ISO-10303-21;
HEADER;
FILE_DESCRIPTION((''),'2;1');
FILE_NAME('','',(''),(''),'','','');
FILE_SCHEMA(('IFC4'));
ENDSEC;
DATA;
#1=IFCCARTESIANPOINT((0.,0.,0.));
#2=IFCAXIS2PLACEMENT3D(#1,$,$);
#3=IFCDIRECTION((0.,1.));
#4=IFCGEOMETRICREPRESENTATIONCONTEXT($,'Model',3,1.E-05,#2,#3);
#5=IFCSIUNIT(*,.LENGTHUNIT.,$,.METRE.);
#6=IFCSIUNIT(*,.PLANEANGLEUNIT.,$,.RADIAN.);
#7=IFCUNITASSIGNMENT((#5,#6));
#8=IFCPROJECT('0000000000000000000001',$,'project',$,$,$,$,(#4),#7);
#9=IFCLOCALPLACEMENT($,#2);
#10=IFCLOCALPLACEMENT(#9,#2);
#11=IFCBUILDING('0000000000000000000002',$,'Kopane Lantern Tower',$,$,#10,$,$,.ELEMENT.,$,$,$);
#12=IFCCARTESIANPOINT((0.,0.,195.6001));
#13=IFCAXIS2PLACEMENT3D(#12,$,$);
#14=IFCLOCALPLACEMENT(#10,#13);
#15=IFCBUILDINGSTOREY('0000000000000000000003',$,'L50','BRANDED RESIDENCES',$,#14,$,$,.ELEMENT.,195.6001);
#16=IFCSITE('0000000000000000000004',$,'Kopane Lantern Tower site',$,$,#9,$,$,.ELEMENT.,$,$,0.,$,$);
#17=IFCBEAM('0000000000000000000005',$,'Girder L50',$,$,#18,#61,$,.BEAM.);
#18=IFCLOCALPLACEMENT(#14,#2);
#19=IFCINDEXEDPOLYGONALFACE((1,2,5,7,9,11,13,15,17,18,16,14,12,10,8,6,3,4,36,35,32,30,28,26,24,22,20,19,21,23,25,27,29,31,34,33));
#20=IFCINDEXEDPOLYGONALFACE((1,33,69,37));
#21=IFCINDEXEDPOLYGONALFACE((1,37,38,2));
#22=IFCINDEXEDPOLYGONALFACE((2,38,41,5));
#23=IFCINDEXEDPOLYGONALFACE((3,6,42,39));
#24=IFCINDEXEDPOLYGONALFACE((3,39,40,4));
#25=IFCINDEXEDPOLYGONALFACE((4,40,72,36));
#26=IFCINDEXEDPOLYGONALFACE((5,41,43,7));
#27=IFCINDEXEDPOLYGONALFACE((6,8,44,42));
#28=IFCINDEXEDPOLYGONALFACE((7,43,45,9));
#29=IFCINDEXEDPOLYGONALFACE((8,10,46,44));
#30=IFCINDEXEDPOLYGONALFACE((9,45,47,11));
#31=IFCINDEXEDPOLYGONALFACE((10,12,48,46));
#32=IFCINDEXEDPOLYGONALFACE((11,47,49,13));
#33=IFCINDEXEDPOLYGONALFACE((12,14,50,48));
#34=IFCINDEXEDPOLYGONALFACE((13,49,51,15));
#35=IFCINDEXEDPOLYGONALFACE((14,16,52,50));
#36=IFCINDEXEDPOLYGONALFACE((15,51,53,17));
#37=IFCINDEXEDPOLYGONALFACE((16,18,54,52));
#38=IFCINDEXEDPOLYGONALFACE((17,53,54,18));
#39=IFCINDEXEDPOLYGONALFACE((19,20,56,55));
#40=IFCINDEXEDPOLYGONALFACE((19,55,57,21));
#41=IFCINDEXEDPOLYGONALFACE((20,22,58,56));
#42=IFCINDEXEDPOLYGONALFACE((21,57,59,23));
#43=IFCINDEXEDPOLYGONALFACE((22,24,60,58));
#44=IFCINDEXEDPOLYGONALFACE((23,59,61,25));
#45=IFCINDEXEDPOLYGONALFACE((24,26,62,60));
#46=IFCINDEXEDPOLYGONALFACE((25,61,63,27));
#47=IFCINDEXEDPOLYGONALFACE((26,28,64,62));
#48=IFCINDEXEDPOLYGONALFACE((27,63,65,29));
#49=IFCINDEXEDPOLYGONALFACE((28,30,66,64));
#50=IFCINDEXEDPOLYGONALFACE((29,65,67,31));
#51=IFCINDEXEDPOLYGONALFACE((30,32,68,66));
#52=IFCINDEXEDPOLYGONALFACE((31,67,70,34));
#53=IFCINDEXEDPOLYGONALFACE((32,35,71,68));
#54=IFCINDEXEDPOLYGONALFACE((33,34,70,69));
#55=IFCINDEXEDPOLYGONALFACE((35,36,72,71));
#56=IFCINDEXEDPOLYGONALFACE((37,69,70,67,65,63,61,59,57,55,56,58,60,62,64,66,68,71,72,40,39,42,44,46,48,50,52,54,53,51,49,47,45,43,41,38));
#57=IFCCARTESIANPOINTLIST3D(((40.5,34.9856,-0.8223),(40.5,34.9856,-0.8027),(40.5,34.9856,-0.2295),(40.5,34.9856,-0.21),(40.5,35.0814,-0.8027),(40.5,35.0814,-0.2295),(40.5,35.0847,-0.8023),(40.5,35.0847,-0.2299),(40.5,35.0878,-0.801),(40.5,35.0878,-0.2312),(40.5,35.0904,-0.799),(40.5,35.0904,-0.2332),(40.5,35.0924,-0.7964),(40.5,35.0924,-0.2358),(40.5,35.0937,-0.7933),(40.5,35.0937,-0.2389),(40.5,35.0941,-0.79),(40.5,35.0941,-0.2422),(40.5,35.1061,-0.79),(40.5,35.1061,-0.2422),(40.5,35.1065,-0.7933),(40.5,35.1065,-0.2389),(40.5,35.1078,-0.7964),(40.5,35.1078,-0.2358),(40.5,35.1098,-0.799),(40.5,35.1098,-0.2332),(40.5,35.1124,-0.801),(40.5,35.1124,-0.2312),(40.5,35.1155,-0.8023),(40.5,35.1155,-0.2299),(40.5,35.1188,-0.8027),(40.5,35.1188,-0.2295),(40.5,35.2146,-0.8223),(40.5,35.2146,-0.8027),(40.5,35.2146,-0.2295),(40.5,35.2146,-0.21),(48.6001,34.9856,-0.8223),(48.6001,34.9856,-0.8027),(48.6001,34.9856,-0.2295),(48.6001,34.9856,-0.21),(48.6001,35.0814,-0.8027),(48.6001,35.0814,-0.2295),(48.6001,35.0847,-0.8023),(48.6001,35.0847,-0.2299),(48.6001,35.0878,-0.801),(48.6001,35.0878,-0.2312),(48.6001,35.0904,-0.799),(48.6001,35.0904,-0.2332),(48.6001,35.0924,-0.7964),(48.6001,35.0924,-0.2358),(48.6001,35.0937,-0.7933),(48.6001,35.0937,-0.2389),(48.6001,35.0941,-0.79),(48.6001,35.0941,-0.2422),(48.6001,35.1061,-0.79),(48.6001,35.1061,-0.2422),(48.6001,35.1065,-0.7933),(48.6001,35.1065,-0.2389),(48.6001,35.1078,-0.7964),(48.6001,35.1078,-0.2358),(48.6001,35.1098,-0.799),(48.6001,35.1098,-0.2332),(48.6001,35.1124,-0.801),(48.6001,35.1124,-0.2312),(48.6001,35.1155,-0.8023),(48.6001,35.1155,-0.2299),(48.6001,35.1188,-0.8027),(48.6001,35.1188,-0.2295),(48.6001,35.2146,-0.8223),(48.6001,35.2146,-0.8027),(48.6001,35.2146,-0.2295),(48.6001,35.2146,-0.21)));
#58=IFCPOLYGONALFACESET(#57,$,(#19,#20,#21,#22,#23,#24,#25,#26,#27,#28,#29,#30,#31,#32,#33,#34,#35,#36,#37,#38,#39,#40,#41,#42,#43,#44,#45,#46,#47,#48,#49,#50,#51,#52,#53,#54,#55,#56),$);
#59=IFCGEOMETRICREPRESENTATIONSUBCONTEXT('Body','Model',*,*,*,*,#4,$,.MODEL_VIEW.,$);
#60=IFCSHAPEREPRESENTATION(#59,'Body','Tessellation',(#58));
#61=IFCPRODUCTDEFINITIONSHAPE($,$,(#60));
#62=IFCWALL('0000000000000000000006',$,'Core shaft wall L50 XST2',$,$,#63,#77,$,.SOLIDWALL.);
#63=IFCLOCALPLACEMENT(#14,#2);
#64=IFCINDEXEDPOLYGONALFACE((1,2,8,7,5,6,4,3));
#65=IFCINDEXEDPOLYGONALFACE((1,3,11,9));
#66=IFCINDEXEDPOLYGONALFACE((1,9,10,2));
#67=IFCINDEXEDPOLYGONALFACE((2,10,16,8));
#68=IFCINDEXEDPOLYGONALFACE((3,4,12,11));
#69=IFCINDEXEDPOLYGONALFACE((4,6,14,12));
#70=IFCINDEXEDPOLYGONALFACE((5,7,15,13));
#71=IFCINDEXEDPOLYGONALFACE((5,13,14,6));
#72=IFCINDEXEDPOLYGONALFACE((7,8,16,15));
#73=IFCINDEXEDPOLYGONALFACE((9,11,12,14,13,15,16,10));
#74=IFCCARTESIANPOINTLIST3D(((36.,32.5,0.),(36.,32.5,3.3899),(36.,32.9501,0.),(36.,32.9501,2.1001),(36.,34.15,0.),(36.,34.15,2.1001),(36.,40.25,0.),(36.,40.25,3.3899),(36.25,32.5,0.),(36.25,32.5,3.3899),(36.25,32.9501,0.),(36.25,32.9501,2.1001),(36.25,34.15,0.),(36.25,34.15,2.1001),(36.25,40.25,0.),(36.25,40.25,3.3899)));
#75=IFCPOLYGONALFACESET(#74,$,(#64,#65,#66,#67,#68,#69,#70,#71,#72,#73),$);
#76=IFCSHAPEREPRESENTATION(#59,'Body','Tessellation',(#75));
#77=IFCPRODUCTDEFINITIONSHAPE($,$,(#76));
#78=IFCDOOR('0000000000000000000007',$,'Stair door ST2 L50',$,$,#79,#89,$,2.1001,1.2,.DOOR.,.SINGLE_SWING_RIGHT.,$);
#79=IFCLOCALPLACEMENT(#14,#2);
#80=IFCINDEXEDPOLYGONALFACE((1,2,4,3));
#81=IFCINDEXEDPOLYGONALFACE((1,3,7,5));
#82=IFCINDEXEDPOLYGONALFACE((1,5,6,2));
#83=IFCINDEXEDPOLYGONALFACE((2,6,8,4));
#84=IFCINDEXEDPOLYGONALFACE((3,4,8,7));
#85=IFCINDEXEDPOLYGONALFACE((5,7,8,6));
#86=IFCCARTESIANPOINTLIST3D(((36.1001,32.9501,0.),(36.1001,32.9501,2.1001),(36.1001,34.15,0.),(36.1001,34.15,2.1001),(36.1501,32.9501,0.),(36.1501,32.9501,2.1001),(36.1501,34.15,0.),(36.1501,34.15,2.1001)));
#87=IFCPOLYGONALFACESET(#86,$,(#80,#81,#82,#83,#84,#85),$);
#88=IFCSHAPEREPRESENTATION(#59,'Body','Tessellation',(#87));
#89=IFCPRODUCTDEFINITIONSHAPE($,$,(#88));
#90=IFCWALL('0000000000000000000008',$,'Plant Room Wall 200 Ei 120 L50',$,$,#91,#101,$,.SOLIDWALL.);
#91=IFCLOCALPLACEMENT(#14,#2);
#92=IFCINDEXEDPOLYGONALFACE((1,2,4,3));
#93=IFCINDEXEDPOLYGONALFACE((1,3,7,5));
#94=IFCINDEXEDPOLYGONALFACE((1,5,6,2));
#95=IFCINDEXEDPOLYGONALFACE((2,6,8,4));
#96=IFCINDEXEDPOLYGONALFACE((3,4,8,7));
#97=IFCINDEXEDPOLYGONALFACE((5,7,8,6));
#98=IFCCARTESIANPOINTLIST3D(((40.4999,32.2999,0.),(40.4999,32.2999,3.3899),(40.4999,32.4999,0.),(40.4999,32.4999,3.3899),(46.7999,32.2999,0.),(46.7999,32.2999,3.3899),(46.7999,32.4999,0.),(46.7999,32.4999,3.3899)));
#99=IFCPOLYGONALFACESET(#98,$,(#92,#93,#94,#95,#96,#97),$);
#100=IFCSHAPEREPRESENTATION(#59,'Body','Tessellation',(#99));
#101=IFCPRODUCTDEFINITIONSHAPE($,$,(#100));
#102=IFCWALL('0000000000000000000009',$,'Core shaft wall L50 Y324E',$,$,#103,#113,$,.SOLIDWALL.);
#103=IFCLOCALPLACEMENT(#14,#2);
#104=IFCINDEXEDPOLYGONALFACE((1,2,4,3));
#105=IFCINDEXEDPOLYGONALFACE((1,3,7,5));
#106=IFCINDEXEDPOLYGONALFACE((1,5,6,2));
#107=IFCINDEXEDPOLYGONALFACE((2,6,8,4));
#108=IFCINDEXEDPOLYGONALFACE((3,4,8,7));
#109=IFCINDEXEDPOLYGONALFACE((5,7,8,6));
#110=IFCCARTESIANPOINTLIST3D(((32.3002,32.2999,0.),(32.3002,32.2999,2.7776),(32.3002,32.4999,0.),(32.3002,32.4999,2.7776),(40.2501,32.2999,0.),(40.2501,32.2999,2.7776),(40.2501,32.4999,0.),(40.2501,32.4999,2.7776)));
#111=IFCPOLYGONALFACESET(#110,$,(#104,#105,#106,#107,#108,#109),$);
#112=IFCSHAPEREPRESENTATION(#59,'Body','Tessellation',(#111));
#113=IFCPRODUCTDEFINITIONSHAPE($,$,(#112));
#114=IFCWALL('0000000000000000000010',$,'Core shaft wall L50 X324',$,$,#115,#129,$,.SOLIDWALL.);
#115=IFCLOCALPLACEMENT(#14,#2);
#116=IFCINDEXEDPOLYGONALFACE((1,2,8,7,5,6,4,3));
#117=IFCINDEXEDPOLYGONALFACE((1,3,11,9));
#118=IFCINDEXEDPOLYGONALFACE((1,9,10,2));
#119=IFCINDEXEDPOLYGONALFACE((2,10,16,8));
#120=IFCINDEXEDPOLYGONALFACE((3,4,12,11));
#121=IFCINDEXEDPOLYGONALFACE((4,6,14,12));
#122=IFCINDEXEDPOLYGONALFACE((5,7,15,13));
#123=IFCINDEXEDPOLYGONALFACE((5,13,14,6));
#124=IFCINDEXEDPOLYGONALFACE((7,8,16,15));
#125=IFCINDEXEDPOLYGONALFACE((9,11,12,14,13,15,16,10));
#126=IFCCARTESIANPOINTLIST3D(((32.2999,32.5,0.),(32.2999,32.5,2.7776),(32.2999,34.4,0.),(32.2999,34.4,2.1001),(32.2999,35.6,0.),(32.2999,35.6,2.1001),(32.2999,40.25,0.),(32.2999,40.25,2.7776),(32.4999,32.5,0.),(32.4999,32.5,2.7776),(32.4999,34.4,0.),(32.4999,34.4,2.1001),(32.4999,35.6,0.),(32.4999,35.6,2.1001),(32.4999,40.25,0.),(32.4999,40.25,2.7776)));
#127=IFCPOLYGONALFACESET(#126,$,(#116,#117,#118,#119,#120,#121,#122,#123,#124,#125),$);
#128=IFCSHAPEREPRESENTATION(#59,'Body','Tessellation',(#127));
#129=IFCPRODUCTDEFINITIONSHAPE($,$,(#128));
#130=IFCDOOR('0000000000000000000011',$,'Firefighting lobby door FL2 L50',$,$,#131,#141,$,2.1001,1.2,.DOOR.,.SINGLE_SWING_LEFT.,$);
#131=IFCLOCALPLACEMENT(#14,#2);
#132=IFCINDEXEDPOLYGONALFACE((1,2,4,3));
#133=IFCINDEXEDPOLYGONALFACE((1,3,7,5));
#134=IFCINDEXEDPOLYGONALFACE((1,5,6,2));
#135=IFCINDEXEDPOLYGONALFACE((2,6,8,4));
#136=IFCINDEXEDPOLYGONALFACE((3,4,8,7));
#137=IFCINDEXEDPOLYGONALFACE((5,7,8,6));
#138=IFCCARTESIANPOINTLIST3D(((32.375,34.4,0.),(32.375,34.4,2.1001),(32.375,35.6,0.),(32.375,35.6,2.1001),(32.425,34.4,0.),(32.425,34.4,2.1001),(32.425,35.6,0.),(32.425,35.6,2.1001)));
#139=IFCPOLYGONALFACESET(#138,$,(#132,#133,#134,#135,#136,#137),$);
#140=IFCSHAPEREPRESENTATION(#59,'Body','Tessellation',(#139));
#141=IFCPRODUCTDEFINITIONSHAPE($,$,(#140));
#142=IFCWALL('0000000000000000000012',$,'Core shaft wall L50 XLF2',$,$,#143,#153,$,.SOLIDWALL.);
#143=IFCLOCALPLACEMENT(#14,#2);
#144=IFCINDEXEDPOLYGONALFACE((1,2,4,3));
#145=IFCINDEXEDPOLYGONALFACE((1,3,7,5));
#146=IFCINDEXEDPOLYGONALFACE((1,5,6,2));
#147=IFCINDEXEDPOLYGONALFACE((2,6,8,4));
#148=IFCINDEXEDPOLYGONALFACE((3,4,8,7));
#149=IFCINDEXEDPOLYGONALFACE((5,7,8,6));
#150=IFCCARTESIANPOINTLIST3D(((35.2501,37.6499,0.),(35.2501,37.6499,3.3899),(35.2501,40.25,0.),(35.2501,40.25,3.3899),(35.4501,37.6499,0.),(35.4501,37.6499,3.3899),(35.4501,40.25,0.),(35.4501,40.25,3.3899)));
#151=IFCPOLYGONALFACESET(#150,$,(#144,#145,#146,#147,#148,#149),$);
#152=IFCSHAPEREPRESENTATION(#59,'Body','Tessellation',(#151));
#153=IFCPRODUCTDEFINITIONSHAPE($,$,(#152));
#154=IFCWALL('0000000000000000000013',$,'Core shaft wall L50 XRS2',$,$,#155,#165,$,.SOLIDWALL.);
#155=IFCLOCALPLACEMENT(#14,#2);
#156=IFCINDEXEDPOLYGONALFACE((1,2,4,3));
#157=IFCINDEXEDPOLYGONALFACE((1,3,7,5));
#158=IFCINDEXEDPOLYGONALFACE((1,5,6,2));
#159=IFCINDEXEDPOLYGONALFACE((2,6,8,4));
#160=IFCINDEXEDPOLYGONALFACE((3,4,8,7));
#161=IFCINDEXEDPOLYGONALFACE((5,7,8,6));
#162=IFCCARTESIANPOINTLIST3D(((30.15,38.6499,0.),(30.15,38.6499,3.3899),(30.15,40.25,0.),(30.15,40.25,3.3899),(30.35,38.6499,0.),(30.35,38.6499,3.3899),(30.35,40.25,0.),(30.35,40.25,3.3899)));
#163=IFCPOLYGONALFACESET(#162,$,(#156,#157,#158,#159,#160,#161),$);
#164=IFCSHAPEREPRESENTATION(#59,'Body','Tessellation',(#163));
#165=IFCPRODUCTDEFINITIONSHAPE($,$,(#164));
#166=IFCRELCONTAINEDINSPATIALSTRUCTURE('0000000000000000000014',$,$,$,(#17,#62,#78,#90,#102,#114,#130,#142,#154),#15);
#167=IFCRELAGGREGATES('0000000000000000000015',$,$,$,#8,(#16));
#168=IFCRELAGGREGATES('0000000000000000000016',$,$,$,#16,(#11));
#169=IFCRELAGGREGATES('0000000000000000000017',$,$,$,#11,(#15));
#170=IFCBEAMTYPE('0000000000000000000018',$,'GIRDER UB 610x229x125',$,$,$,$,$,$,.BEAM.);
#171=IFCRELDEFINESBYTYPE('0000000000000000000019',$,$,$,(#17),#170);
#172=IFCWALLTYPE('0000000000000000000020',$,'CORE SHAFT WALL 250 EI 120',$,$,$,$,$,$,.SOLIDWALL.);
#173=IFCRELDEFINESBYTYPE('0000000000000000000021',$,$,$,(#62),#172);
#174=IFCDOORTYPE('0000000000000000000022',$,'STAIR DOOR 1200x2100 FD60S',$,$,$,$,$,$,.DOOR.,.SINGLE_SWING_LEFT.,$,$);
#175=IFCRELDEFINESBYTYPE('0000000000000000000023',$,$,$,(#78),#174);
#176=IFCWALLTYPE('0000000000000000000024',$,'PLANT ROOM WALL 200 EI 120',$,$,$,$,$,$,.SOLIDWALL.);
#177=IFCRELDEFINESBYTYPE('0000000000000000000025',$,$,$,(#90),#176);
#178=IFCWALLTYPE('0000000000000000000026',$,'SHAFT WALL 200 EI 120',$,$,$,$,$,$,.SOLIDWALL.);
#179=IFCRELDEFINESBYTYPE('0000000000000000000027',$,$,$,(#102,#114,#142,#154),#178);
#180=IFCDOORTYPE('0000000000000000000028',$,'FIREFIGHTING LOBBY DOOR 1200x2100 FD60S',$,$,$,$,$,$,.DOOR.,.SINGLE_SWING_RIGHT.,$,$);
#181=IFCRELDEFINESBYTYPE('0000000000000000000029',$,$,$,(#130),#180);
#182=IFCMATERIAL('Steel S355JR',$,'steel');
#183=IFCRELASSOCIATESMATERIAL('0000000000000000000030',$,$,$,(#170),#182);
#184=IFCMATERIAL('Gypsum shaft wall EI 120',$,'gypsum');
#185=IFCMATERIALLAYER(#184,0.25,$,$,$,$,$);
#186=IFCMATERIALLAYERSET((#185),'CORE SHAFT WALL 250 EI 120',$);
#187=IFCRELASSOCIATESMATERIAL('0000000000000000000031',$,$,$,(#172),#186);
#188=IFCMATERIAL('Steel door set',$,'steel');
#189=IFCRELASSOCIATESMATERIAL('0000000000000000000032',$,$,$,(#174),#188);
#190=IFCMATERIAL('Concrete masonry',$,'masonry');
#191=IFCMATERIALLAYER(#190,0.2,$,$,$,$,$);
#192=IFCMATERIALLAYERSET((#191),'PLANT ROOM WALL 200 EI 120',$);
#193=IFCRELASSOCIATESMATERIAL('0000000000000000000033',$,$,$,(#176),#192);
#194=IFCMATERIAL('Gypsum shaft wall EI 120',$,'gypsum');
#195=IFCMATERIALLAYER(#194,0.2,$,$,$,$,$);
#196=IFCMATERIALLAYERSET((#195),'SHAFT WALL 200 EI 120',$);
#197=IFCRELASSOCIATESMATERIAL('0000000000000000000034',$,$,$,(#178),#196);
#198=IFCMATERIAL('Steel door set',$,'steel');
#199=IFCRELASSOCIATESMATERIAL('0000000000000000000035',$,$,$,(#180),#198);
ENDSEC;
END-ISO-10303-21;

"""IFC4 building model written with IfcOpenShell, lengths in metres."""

from ifc_helpers import new_model, si_unit, direction, frame, frame_2d, origin, origin_2d, place, context, subcontext, project, spatial, rectangle, i_section, extrude, material, layer, layer_set, material_profile, profile_set, type_object, element, fill, save


model = new_model("IFC4")

# Units and contexts
model_context = context("Model", 3, precision=1e-05, world=origin(), true_north=direction((0.0, 1.0)))
body_context = subcontext(model_context, "Body", "Model", "MODEL_VIEW")
ifc_project = project(units=[si_unit("LENGTHUNIT", "METRE"), si_unit("PLANEANGLEUNIT", "RADIAN")], contexts=[model_context])

# Site, building, storey
site_placement = place(None, origin())
site = spatial("IfcSite", under=ifc_project, at=site_placement, Name="Kopane Lantern Tower site", CompositionType="ELEMENT", RefElevation=0.0)
building_placement = place(site_placement, origin())
building = spatial("IfcBuilding", under=site, at=building_placement, Name="Kopane Lantern Tower", CompositionType="ELEMENT")
storey_placement = place(building_placement, frame((0.0, 0.0, 195.6001)))
storey = spatial("IfcBuildingStorey", under=building, at=storey_placement, Name="L50", Description="BRANDED RESIDENCES", CompositionType="ELEMENT", Elevation=195.6001)

# Beam
ifc_material_1 = material(Name="Steel S355JR", Category="steel")
ifc_material_profile_1 = material_profile(ifc_material_1, i_section(OverallWidth=0.229, OverallDepth=0.6123, WebThickness=0.012, FlangeThickness=0.0195, FilletRadius=0.0127, at=origin_2d()), Name="UB 610x229x125")
ifc_profile_set_1 = profile_set([ifc_material_profile_1], Name="Steel S355JR")
beam_type_1 = type_object("IfcBeamType", Name="GIRDER UB 610x229x125", PredefinedType="BEAM", material=ifc_profile_set_1)
for number, where, z_axis, x_axis, name in (
    (1, (40.5, 35.1001, -0.5161), (1.0, 0.0, 0.0), (0.0, 1.0, 0.0), "Girder L50"),
):
    element("IfcBeam", number, at=place(storey_placement, frame(where, z_axis=z_axis, x_axis=x_axis)), inside=storey, type_object=beam_type_1, Name=name, PredefinedType="BEAM", context=body_context, shape_type="SweptSolid", body=[
        extrude(i_section(OverallWidth=0.229, OverallDepth=0.6123, WebThickness=0.012, FlangeThickness=0.0195, FilletRadius=0.0127, at=origin_2d()), origin(), (0.0, 0.0, 1.0), 8.1001),
    ])

# Wall, opening, door
ifc_material_2 = material(Name="Gypsum shaft wall EI 120", Category="gypsum")
ifc_layer_1 = layer(ifc_material_2, 0.25)
ifc_layer_set_1 = layer_set([ifc_layer_1], Name="CORE SHAFT WALL 250 EI 120")
wall_type_1 = type_object("IfcWallType", Name="CORE SHAFT WALL 250 EI 120", PredefinedType="SOLIDWALL", material=ifc_layer_set_1)
wall_1_placement = place(storey_placement, frame((36.125, 32.5, 0.0), z_axis=(0.0, 0.0, 1.0), x_axis=(0.0, 1.0, 0.0)))
wall_1 = element("IfcWall", 2, at=wall_1_placement, inside=storey, type_object=wall_type_1, Name="Core shaft wall L50 XST2", PredefinedType="SOLIDWALL", context=body_context, shape_type="SweptSolid", body=[
    extrude(rectangle(XDim=7.75, YDim=0.25, at=frame_2d((3.875, 0.0))), origin(), (0.0, 0.0, 1.0), 3.3899),
])
opening_1_placement = place(wall_1_placement, frame((0.45, 0.0, 0.0)))
opening_1 = element("IfcOpeningElement", 3, at=opening_1_placement, cuts=wall_1, PredefinedType="OPENING", context=body_context, shape_type="SweptSolid", body=[
    extrude(rectangle(XDim=1.2, YDim=2.1001, at=frame_2d((0.6001, 1.05))), frame((0.0, 0.135, 0.0), z_axis=(0.0, -1.0, 0.0), x_axis=(1.0, 0.0, 0.0)), (0.0, 0.0, 1.0), 0.27),
])
ifc_material_3 = material(Name="Steel door set", Category="steel")
door_type_1 = type_object("IfcDoorType", Name="STAIR DOOR 1200x2100 FD60S", OperationType="SINGLE_SWING_LEFT", PredefinedType="DOOR", material=ifc_material_3)
door_1_placement = place(opening_1_placement, origin())
door_1 = element("IfcDoor", 4, at=door_1_placement, inside=storey, type_object=door_type_1, Name="Stair door ST2 L50", OperationType="SINGLE_SWING_RIGHT", OverallHeight=2.1001, OverallWidth=1.2, PredefinedType="DOOR", context=body_context, shape_type="SweptSolid", body=[
    extrude(rectangle(XDim=1.2, YDim=2.1001, at=frame_2d((0.6001, 1.05))), frame((0.0, 0.0249, 0.0), z_axis=(0.0, -1.0, 0.0), x_axis=(1.0, 0.0, 0.0)), (0.0, 0.0, 1.0), 0.05),
])
fill(opening_1, door_1)

# Walls
ifc_material_4 = material(Name="Concrete masonry", Category="masonry")
ifc_layer_2 = layer(ifc_material_4, 0.2)
ifc_layer_set_2 = layer_set([ifc_layer_2], Name="PLANT ROOM WALL 200 EI 120")
wall_type_2 = type_object("IfcWallType", Name="PLANT ROOM WALL 200 EI 120", PredefinedType="SOLIDWALL", material=ifc_layer_set_2)
wall_2_placement = place(storey_placement, frame((40.5, 32.3999, 0.0), z_axis=(0.0, 0.0, 1.0), x_axis=(1.0, 0.0, 0.0)))
element("IfcWall", 5, at=wall_2_placement, inside=storey, type_object=wall_type_2, Name="Plant Room Wall 200 Ei 120 L50", PredefinedType="SOLIDWALL", context=body_context, shape_type="SweptSolid", body=[
    extrude(rectangle(XDim=6.3, YDim=0.2, at=frame_2d((3.1499, 0.0))), origin(), (0.0, 0.0, 1.0), 3.3899),
])
ifc_material_5 = material(Name="Gypsum shaft wall EI 120", Category="gypsum")
ifc_layer_3 = layer(ifc_material_5, 0.2)
ifc_layer_set_3 = layer_set([ifc_layer_3], Name="SHAFT WALL 200 EI 120")
wall_type_3 = type_object("IfcWallType", Name="SHAFT WALL 200 EI 120", PredefinedType="SOLIDWALL", material=ifc_layer_set_3)
wall_3_placement = place(storey_placement, frame((32.3, 32.3999, 0.0), z_axis=(0.0, 0.0, 1.0), x_axis=(1.0, 0.0, 0.0)))
element("IfcWall", 6, at=wall_3_placement, inside=storey, type_object=wall_type_3, Name="Core shaft wall L50 Y324E", PredefinedType="SOLIDWALL", context=body_context, shape_type="SweptSolid", body=[
    extrude(rectangle(XDim=7.95, YDim=0.2, at=frame_2d((3.9751, 0.0))), origin(), (0.0, 0.0, 1.0), 2.7776),
])

# Wall, opening, door
wall_4_placement = place(storey_placement, frame((32.3999, 32.5, 0.0), z_axis=(0.0, 0.0, 1.0), x_axis=(0.0, 1.0, 0.0)))
wall_4 = element("IfcWall", 7, at=wall_4_placement, inside=storey, type_object=wall_type_3, Name="Core shaft wall L50 X324", PredefinedType="SOLIDWALL", context=body_context, shape_type="SweptSolid", body=[
    extrude(rectangle(XDim=7.75, YDim=0.2, at=frame_2d((3.875, 0.0))), origin(), (0.0, 0.0, 1.0), 2.7776),
])
opening_2_placement = place(wall_4_placement, frame((1.8999, 0.0, 0.0)))
opening_2 = element("IfcOpeningElement", 8, at=opening_2_placement, cuts=wall_4, PredefinedType="OPENING", context=body_context, shape_type="SweptSolid", body=[
    extrude(rectangle(XDim=1.2, YDim=2.1001, at=frame_2d((0.6001, 1.05))), frame((0.0, 0.1099, 0.0), z_axis=(0.0, -1.0, 0.0), x_axis=(1.0, 0.0, 0.0)), (0.0, 0.0, 1.0), 0.22),
])
ifc_material_6 = material(Name="Steel door set", Category="steel")
door_type_2 = type_object("IfcDoorType", Name="FIREFIGHTING LOBBY DOOR 1200x2100 FD60S", OperationType="SINGLE_SWING_RIGHT", PredefinedType="DOOR", material=ifc_material_6)
door_2_placement = place(opening_2_placement, origin())
door_2 = element("IfcDoor", 9, at=door_2_placement, inside=storey, type_object=door_type_2, Name="Firefighting lobby door FL2 L50", OperationType="SINGLE_SWING_LEFT", OverallHeight=2.1001, OverallWidth=1.2, PredefinedType="DOOR", context=body_context, shape_type="SweptSolid", body=[
    extrude(rectangle(XDim=1.2, YDim=2.1001, at=frame_2d((0.6001, 1.05))), frame((0.0, 0.0249, 0.0), z_axis=(0.0, -1.0, 0.0), x_axis=(1.0, 0.0, 0.0)), (0.0, 0.0, 1.0), 0.05),
])
fill(opening_2, door_2)

# Walls
wall_5_placement = place(storey_placement, frame((35.3501, 37.6499, 0.0), z_axis=(0.0, 0.0, 1.0), x_axis=(0.0, 1.0, 0.0)))
element("IfcWall", 10, at=wall_5_placement, inside=storey, type_object=wall_type_3, Name="Core shaft wall L50 XLF2", PredefinedType="SOLIDWALL", context=body_context, shape_type="SweptSolid", body=[
    extrude(rectangle(XDim=2.6001, YDim=0.2, at=frame_2d((1.3, 0.0))), origin(), (0.0, 0.0, 1.0), 3.3899),
])
wall_6_placement = place(storey_placement, frame((30.25, 38.6499, 0.0), z_axis=(0.0, 0.0, 1.0), x_axis=(0.0, 1.0, 0.0)))
element("IfcWall", 11, at=wall_6_placement, inside=storey, type_object=wall_type_3, Name="Core shaft wall L50 XRS2", PredefinedType="SOLIDWALL", context=body_context, shape_type="SweptSolid", body=[
    extrude(rectangle(XDim=1.6001, YDim=0.2, at=frame_2d((0.8, 0.0))), origin(), (0.0, 0.0, 1.0), 3.3899),
])

save(model, "model.ifc")
